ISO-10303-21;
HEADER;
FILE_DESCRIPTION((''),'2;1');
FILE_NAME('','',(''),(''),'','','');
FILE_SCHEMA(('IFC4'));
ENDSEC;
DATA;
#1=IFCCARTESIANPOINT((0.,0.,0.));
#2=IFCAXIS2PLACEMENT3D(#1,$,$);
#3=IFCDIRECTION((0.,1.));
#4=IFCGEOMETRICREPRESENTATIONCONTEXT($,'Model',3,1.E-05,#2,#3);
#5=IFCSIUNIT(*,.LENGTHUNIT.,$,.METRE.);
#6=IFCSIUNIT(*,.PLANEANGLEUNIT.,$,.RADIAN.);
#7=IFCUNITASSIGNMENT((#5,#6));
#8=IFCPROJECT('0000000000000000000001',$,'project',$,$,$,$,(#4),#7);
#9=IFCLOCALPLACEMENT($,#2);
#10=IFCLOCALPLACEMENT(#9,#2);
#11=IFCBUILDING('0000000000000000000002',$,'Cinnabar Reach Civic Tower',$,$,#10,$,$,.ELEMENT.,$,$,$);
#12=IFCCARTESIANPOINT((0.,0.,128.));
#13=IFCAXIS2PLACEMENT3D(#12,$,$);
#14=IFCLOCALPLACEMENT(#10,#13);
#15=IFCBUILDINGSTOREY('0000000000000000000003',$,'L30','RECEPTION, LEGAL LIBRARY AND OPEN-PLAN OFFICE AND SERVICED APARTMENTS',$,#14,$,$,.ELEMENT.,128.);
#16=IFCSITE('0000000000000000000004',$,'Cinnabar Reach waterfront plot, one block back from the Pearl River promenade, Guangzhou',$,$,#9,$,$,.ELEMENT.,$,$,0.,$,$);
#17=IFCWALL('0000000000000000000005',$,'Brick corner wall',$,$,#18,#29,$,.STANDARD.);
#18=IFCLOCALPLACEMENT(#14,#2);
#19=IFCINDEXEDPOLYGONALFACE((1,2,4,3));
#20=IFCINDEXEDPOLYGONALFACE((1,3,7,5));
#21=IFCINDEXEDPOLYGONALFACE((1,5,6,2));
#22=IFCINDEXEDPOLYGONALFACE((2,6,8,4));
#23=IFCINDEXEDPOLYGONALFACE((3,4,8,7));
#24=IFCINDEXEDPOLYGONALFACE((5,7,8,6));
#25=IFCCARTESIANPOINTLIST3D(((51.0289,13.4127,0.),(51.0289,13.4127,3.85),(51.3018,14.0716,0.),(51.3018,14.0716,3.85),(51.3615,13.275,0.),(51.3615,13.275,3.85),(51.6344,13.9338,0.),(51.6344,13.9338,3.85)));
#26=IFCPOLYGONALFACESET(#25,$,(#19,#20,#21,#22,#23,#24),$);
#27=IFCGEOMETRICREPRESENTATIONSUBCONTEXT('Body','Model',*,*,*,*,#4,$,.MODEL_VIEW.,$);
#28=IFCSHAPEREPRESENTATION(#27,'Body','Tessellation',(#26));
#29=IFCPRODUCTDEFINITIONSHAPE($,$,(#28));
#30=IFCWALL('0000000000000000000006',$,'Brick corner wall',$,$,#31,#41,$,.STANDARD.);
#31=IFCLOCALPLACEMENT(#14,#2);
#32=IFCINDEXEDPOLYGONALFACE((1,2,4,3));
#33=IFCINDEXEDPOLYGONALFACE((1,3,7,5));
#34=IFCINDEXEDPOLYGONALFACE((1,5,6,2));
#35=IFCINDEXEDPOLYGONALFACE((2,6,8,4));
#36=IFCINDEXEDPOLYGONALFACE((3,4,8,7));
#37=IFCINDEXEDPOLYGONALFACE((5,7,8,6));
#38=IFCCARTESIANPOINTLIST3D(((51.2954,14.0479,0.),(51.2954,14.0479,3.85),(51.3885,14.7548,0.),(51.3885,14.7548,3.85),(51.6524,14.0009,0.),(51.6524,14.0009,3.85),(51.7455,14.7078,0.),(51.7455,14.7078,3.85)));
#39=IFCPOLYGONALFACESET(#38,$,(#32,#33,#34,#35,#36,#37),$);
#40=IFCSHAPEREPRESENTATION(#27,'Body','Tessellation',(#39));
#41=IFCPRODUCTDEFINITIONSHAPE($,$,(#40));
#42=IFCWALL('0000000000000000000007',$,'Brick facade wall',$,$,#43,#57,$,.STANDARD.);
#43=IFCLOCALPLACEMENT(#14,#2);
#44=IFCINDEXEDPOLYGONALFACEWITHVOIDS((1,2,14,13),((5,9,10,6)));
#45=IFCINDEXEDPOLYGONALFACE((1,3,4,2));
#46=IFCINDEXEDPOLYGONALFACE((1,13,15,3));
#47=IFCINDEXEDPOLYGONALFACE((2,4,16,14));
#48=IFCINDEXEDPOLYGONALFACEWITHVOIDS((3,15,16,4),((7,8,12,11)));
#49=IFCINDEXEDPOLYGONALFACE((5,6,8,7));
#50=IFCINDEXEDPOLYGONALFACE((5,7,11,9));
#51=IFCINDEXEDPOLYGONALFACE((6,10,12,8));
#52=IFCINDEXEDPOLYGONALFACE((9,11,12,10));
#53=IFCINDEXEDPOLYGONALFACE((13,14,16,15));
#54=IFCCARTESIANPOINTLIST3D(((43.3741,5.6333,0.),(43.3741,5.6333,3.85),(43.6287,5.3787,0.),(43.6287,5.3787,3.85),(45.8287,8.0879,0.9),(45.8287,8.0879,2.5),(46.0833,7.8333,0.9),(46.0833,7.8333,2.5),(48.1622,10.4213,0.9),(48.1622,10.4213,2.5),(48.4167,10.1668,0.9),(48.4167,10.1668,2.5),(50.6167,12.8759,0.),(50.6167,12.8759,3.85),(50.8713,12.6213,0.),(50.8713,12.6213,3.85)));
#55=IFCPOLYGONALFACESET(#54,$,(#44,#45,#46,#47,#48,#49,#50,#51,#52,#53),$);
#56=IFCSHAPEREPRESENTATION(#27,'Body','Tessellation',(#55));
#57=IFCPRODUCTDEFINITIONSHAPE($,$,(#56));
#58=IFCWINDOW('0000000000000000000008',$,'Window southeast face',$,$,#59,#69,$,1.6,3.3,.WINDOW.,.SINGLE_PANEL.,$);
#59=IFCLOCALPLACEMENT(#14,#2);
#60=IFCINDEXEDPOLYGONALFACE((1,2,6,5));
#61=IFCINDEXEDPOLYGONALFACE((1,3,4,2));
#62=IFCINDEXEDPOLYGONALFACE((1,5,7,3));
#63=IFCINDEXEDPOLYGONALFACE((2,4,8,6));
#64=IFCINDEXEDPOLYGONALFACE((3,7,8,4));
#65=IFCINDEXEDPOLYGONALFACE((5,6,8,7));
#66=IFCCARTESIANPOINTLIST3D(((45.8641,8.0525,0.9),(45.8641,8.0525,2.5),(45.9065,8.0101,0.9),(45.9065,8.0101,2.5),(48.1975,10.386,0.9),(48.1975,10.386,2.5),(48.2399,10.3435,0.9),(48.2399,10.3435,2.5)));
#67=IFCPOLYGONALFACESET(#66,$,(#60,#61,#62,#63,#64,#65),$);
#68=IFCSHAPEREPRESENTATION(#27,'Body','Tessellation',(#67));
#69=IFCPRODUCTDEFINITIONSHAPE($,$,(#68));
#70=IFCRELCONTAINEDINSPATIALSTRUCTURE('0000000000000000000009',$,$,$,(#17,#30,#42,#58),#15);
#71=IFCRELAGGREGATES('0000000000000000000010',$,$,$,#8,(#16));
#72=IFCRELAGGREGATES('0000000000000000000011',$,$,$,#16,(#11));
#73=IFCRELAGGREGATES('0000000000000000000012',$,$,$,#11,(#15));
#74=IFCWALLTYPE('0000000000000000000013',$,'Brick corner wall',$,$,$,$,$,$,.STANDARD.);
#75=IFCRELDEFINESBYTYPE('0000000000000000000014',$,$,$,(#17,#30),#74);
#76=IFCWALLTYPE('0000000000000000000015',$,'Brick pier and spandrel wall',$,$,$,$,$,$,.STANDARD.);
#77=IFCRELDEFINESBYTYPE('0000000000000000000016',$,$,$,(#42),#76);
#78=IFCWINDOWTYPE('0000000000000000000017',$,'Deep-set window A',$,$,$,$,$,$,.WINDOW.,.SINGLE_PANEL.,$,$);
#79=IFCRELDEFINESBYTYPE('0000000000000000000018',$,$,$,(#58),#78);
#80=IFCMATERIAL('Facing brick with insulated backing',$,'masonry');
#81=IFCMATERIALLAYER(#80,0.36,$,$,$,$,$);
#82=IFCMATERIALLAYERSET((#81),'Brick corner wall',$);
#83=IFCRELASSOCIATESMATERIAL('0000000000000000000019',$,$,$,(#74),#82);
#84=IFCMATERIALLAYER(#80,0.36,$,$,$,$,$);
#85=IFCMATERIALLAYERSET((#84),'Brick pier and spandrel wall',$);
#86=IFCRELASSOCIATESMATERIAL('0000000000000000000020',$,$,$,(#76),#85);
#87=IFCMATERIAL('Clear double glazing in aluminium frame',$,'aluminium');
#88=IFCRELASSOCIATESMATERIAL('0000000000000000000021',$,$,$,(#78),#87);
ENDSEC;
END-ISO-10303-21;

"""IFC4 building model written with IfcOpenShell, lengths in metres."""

from ifc_helpers import new_model, si_unit, direction, frame, frame_2d, origin, place, context, subcontext, project, spatial, rectangle, extrude, material, layer, layer_set, type_object, element, fill, save


model = new_model("IFC4")

# Units and contexts
model_context = context("Model", 3, precision=1e-05, world=origin(), true_north=direction((0.0, 1.0)))
body_context = subcontext(model_context, "Body", "Model", "MODEL_VIEW")
ifc_project = project(units=[si_unit("LENGTHUNIT", "METRE"), si_unit("PLANEANGLEUNIT", "RADIAN")], contexts=[model_context])

# Site, building, storey
site_placement = place(None, origin())
site = spatial("IfcSite", under=ifc_project, at=site_placement, Name="Cinnabar Reach waterfront plot, one block back from the Pearl River promenade, Guangzhou", CompositionType="ELEMENT", RefElevation=0.0)
building_placement = place(site_placement, origin())
building = spatial("IfcBuilding", under=site, at=building_placement, Name="Cinnabar Reach Civic Tower", CompositionType="ELEMENT")
storey_placement = place(building_placement, frame((0.0, 0.0, 128.0)))
storey = spatial("IfcBuildingStorey", under=building, at=storey_placement, Name="L30", Description="RECEPTION, LEGAL LIBRARY AND OPEN-PLAN OFFICE AND SERVICED APARTMENTS", CompositionType="ELEMENT", Elevation=128.0)

# Walls
ifc_material_1 = material(Name="Facing brick with insulated backing", Category="masonry")
ifc_layer_1 = layer(ifc_material_1, 0.36)
ifc_layer_set_1 = layer_set([ifc_layer_1], Name="Brick corner wall")
wall_type_1 = type_object("IfcWallType", Name="Brick corner wall", PredefinedType="STANDARD", material=ifc_layer_set_1)
for number, where, z_axis, x_axis, name in (
    (1, (51.1952, 13.3439, 0.0), (0.0, 0.0, 1.0), (0.382703, 0.923872, 0.0), "Brick corner wall"),
    (2, (51.4739, 14.0244, 0.0), (0.0, 0.0, 1.0), (0.130556, 0.991441, 0.0), "Brick corner wall"),
):
    element("IfcWall", number, at=place(storey_placement, frame(where, z_axis=z_axis, x_axis=x_axis)), inside=storey, type_object=wall_type_1, Name=name, PredefinedType="STANDARD", context=body_context, shape_type="SweptSolid", body=[
        extrude(rectangle(XDim=0.7131, YDim=0.36, at=frame_2d((0.3565, 0.0))), origin(), (0.0, 0.0, 1.0), 3.85),
    ])

# Wall, opening, window
ifc_layer_2 = layer(ifc_material_1, 0.36)
ifc_layer_set_2 = layer_set([ifc_layer_2], Name="Brick pier and spandrel wall")
wall_type_2 = type_object("IfcWallType", Name="Brick pier and spandrel wall", PredefinedType="STANDARD", material=ifc_layer_set_2)
wall_placement = place(storey_placement, frame((43.5014, 5.506, 0.0), z_axis=(0.0, 0.0, 1.0), x_axis=(0.707107, 0.707107, 0.0)))
wall = element("IfcWall", 3, at=wall_placement, inside=storey, type_object=wall_type_2, Name="Brick facade wall", PredefinedType="STANDARD", context=body_context, shape_type="SweptSolid", body=[
    extrude(rectangle(XDim=10.2426, YDim=0.36, at=frame_2d((5.1213, 0.0))), origin(), (0.0, 0.0, 1.0), 3.85),
])
opening_placement = place(wall_placement, frame((3.4713, 0.0, 0.9)))
opening = element("IfcOpeningElement", 4, at=opening_placement, cuts=wall, PredefinedType="OPENING", context=body_context, shape_type="SweptSolid", body=[
    extrude(rectangle(XDim=3.3, YDim=1.6, at=frame_2d((1.65, 0.8))), frame((0.0, 0.19, 0.0), z_axis=(0.0, -1.0, 0.0), x_axis=(1.0, 0.0, 0.0)), (0.0, 0.0, 1.0), 0.38),
])
ifc_material_2 = material(Name="Clear double glazing in aluminium frame", Category="aluminium")
window_type = type_object("IfcWindowType", Name="Deep-set window A", PartitioningType="SINGLE_PANEL", PredefinedType="WINDOW", material=ifc_material_2)
window_placement = place(opening_placement, origin())
window = element("IfcWindow", 5, at=window_placement, inside=storey, type_object=window_type, Name="Window southeast face", OverallHeight=1.6, OverallWidth=3.3, PartitioningType="SINGLE_PANEL", PredefinedType="WINDOW", context=body_context, shape_type="SweptSolid", body=[
    extrude(rectangle(XDim=3.3, YDim=1.6, at=frame_2d((1.65, 0.8))), frame((0.0, 0.13, 0.0), z_axis=(0.0, -1.0, 0.0), x_axis=(1.0, 0.0, 0.0)), (0.0, 0.0, 1.0), 0.06),
])
fill(opening, window)

save(model, "model.ifc")
